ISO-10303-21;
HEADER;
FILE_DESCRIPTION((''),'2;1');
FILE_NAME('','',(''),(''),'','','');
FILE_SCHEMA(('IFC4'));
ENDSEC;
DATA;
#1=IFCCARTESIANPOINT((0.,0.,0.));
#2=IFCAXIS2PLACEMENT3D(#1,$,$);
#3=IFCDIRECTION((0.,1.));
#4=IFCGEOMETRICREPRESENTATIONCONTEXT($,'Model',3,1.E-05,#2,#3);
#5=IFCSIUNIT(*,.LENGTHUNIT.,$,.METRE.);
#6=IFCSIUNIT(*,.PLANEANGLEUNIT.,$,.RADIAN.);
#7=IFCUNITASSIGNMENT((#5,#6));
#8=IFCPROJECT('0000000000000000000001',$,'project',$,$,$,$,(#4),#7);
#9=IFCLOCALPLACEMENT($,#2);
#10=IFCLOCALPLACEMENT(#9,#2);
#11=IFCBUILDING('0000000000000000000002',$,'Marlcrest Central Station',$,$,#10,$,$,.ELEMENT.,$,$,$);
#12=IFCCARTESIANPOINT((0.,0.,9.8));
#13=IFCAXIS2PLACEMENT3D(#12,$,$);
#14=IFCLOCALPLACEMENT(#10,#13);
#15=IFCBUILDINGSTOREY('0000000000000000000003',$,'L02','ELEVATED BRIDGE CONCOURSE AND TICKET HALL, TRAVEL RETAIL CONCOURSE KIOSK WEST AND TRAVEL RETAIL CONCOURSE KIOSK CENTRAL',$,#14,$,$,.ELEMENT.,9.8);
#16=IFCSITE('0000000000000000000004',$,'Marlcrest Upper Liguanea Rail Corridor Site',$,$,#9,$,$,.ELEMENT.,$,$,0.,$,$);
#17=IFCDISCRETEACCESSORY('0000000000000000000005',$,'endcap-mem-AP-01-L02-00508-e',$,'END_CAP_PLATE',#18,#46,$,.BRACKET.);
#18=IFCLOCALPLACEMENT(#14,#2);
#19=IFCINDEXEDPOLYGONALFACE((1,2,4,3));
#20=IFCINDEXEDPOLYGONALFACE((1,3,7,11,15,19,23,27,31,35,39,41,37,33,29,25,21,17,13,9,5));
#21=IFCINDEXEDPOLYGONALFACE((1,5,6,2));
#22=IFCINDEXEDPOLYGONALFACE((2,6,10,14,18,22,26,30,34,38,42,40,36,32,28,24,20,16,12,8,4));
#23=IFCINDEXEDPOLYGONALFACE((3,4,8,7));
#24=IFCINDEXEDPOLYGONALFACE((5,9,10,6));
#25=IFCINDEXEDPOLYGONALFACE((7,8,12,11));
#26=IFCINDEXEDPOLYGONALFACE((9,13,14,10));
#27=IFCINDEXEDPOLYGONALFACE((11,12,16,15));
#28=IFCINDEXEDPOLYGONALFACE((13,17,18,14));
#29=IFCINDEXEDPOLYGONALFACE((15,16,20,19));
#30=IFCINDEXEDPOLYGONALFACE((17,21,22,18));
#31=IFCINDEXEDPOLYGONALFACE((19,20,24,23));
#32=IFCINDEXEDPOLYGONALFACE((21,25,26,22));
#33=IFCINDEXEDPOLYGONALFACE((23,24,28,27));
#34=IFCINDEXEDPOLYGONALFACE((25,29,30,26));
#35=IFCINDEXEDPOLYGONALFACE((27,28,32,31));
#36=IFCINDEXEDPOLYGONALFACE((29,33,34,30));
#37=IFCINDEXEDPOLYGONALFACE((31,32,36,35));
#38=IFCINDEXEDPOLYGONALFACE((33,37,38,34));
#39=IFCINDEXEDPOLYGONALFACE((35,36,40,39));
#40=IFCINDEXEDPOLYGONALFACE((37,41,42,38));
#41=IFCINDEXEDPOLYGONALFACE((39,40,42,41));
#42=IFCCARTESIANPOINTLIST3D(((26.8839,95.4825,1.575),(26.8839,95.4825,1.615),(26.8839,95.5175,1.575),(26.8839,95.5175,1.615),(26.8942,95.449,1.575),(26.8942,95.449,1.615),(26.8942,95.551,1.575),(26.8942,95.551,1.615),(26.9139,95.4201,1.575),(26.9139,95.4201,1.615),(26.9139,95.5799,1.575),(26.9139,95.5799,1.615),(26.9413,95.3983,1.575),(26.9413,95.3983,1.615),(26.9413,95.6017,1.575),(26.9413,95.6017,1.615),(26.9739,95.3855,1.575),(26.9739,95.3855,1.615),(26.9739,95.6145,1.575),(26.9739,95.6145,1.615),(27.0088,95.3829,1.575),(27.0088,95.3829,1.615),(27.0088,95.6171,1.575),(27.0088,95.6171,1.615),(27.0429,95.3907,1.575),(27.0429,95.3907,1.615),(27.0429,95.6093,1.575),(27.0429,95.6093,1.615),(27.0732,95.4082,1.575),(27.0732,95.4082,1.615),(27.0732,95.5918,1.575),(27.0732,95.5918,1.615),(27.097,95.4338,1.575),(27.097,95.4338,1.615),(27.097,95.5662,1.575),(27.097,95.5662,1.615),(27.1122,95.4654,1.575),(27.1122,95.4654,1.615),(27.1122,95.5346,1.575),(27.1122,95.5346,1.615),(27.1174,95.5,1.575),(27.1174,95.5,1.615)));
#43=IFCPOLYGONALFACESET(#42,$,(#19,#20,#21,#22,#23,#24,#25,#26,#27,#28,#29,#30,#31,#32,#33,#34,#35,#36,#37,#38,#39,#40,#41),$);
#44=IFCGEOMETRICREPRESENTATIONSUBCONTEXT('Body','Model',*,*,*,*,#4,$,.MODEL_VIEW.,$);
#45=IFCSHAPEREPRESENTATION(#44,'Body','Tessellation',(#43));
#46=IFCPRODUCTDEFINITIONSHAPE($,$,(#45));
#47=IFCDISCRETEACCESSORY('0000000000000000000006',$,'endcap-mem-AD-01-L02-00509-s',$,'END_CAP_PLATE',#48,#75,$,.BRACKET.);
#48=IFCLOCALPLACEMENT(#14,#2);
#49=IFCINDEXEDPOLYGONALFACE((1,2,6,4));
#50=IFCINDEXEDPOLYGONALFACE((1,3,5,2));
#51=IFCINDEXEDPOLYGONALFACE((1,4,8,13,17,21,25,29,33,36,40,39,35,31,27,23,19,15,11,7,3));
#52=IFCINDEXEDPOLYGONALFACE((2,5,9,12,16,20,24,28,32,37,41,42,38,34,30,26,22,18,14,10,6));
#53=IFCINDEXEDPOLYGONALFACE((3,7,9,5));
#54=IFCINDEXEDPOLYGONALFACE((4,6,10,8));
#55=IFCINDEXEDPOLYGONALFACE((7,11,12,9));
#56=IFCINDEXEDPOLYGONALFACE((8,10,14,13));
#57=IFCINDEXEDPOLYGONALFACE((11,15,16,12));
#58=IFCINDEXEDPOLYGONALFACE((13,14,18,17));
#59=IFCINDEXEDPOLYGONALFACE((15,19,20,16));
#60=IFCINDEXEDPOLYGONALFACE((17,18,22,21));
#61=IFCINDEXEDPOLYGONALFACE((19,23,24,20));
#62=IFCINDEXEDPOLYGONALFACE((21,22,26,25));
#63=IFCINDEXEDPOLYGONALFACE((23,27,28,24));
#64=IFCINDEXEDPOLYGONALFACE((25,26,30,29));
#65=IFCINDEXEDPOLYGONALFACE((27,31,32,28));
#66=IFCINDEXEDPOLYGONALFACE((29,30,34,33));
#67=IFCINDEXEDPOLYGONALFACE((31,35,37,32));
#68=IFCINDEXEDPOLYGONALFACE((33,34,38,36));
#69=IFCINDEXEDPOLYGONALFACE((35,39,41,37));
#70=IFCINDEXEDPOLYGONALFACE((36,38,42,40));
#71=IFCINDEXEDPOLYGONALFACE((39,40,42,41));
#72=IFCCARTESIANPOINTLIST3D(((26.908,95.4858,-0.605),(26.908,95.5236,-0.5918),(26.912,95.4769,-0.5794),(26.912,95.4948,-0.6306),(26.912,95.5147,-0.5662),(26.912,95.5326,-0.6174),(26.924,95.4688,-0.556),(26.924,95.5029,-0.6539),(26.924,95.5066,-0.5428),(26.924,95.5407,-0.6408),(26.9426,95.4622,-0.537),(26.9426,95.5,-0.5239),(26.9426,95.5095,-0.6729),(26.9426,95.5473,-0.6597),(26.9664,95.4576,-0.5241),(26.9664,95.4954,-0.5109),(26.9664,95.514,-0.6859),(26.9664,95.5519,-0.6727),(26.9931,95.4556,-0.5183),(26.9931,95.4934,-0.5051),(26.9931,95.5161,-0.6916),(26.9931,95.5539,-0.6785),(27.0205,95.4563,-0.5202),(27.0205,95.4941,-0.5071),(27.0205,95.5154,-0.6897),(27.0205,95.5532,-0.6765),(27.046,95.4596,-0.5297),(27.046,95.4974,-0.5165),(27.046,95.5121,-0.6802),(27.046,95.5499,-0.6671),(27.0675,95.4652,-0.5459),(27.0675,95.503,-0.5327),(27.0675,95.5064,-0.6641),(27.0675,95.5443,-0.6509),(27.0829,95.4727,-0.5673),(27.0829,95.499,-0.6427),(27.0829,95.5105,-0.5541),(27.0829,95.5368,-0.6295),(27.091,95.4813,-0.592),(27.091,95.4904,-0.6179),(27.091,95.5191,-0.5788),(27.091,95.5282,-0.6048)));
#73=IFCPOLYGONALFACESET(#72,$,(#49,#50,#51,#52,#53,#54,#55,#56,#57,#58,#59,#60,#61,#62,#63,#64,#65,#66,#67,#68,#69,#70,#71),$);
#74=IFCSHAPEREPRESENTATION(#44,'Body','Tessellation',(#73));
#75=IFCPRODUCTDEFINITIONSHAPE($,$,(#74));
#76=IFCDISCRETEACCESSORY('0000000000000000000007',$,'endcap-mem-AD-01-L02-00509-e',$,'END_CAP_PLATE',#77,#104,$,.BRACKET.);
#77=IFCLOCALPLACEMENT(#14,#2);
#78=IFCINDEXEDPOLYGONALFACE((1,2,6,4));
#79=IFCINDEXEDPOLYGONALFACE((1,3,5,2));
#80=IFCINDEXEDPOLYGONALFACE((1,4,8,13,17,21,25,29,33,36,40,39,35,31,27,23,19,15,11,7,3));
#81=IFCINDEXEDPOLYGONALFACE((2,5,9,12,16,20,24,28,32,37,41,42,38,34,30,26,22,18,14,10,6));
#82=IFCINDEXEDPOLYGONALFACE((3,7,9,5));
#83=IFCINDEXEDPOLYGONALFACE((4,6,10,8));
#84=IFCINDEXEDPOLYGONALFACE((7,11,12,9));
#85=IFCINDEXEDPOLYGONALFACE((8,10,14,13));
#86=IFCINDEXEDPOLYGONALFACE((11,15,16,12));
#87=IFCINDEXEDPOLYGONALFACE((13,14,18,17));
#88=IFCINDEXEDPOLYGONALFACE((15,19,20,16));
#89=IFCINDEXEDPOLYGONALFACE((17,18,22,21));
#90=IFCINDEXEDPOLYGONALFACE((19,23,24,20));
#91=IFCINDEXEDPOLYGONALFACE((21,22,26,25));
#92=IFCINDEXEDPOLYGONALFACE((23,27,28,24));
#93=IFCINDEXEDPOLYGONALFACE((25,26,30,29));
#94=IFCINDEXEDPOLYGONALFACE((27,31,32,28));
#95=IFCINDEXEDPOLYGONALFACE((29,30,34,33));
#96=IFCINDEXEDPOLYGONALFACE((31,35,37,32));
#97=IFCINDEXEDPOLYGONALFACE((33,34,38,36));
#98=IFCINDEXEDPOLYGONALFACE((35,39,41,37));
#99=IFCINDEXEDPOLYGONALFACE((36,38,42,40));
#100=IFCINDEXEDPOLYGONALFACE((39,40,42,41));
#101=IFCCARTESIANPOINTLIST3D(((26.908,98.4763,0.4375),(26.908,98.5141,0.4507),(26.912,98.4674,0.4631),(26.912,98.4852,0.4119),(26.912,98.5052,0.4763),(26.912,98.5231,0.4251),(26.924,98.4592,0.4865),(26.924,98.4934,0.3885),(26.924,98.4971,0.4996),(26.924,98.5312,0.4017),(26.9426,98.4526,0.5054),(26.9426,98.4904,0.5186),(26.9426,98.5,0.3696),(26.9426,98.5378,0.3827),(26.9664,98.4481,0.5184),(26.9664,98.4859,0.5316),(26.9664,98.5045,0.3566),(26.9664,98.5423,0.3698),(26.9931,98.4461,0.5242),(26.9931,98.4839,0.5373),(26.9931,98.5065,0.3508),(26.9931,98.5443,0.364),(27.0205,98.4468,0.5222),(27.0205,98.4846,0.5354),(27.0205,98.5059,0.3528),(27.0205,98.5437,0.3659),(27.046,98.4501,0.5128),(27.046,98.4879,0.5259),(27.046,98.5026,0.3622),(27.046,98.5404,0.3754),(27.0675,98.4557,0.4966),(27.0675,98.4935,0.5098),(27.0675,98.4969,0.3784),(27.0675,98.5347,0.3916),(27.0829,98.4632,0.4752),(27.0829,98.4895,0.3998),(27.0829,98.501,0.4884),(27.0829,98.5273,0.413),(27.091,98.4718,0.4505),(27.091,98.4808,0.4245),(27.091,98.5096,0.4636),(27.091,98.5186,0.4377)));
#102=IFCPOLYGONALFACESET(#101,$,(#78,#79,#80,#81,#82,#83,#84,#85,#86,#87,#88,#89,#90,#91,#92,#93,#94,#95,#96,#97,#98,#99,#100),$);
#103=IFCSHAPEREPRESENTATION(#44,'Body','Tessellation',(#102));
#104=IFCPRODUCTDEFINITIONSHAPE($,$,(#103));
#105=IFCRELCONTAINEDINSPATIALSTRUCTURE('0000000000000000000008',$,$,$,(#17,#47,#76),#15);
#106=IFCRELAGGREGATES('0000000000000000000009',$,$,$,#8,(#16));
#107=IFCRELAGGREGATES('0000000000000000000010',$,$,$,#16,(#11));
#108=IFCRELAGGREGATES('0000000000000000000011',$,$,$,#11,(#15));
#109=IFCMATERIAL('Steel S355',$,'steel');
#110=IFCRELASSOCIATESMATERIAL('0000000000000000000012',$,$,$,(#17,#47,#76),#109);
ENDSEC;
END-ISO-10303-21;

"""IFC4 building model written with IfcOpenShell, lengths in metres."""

from ifc_helpers import new_model, si_unit, direction, frame, origin, origin_2d, place, context, subcontext, project, spatial, circle, extrude, material, element, save


model = new_model("IFC4")

# Units and contexts
model_context = context("Model", 3, precision=1e-05, world=origin(), true_north=direction((0.0, 1.0)))
body_context = subcontext(model_context, "Body", "Model", "MODEL_VIEW")
ifc_project = project(units=[si_unit("LENGTHUNIT", "METRE"), si_unit("PLANEANGLEUNIT", "RADIAN")], contexts=[model_context])

# Site, building, storey
site_placement = place(None, origin())
site = spatial("IfcSite", under=ifc_project, at=site_placement, Name="Marlcrest Upper Liguanea Rail Corridor Site", CompositionType="ELEMENT", RefElevation=0.0)
building_placement = place(site_placement, origin())
building = spatial("IfcBuilding", under=site, at=building_placement, Name="Marlcrest Central Station", CompositionType="ELEMENT")
storey_placement = place(building_placement, frame((0.0, 0.0, 9.8)))
storey = spatial("IfcBuildingStorey", under=building, at=storey_placement, Name="L02", Description="ELEVATED BRIDGE CONCOURSE AND TICKET HALL, TRAVEL RETAIL CONCOURSE KIOSK WEST AND TRAVEL RETAIL CONCOURSE KIOSK CENTRAL", CompositionType="ELEMENT", Elevation=9.8)

# Shared definitions
ifc_material_1 = material(Name="Steel S355", Category="steel")

# Discrete accessories
for number, where, z_axis, x_axis, name in (
    (1, (27.0, 95.5, 1.575), (0.0, 0.0, 1.0), (1.0, 0.0, 0.0), "endcap-mem-AP-01-L02-00508-e"),
):
    element("IfcDiscreteAccessory", number, at=place(storey_placement, frame(where, z_axis=z_axis, x_axis=x_axis)), inside=storey, material=ifc_material_1, Name=name, ObjectType="END_CAP_PLATE", PredefinedType="BRACKET", context=body_context, shape_type="SweptSolid", body=[
        extrude(circle(Radius=0.1174, at=origin_2d()), origin(), (0.0, 0.0, 1.0), 0.04),
    ])
for number, where, z_axis, x_axis, name in (
    (2, (27.0, 95.4858, -0.605), (0.0, 0.94426, 0.3292), (-1.0, 0.0, 0.0), "endcap-mem-AD-01-L02-00509-s"),
    (3, (27.0, 98.4763, 0.4375), (0.0, 0.94426, 0.3292), (-1.0, 0.0, 0.0), "endcap-mem-AD-01-L02-00509-e"),
):
    element("IfcDiscreteAccessory", number, at=place(storey_placement, frame(where, z_axis=z_axis, x_axis=x_axis)), inside=storey, material=ifc_material_1, Name=name, ObjectType="END_CAP_PLATE", PredefinedType="BRACKET", context=body_context, shape_type="SweptSolid", body=[
        extrude(circle(Radius=0.092, at=origin_2d()), origin(), (0.0, 0.0, 1.0), 0.04),
    ])

save(model, "model.ifc")
